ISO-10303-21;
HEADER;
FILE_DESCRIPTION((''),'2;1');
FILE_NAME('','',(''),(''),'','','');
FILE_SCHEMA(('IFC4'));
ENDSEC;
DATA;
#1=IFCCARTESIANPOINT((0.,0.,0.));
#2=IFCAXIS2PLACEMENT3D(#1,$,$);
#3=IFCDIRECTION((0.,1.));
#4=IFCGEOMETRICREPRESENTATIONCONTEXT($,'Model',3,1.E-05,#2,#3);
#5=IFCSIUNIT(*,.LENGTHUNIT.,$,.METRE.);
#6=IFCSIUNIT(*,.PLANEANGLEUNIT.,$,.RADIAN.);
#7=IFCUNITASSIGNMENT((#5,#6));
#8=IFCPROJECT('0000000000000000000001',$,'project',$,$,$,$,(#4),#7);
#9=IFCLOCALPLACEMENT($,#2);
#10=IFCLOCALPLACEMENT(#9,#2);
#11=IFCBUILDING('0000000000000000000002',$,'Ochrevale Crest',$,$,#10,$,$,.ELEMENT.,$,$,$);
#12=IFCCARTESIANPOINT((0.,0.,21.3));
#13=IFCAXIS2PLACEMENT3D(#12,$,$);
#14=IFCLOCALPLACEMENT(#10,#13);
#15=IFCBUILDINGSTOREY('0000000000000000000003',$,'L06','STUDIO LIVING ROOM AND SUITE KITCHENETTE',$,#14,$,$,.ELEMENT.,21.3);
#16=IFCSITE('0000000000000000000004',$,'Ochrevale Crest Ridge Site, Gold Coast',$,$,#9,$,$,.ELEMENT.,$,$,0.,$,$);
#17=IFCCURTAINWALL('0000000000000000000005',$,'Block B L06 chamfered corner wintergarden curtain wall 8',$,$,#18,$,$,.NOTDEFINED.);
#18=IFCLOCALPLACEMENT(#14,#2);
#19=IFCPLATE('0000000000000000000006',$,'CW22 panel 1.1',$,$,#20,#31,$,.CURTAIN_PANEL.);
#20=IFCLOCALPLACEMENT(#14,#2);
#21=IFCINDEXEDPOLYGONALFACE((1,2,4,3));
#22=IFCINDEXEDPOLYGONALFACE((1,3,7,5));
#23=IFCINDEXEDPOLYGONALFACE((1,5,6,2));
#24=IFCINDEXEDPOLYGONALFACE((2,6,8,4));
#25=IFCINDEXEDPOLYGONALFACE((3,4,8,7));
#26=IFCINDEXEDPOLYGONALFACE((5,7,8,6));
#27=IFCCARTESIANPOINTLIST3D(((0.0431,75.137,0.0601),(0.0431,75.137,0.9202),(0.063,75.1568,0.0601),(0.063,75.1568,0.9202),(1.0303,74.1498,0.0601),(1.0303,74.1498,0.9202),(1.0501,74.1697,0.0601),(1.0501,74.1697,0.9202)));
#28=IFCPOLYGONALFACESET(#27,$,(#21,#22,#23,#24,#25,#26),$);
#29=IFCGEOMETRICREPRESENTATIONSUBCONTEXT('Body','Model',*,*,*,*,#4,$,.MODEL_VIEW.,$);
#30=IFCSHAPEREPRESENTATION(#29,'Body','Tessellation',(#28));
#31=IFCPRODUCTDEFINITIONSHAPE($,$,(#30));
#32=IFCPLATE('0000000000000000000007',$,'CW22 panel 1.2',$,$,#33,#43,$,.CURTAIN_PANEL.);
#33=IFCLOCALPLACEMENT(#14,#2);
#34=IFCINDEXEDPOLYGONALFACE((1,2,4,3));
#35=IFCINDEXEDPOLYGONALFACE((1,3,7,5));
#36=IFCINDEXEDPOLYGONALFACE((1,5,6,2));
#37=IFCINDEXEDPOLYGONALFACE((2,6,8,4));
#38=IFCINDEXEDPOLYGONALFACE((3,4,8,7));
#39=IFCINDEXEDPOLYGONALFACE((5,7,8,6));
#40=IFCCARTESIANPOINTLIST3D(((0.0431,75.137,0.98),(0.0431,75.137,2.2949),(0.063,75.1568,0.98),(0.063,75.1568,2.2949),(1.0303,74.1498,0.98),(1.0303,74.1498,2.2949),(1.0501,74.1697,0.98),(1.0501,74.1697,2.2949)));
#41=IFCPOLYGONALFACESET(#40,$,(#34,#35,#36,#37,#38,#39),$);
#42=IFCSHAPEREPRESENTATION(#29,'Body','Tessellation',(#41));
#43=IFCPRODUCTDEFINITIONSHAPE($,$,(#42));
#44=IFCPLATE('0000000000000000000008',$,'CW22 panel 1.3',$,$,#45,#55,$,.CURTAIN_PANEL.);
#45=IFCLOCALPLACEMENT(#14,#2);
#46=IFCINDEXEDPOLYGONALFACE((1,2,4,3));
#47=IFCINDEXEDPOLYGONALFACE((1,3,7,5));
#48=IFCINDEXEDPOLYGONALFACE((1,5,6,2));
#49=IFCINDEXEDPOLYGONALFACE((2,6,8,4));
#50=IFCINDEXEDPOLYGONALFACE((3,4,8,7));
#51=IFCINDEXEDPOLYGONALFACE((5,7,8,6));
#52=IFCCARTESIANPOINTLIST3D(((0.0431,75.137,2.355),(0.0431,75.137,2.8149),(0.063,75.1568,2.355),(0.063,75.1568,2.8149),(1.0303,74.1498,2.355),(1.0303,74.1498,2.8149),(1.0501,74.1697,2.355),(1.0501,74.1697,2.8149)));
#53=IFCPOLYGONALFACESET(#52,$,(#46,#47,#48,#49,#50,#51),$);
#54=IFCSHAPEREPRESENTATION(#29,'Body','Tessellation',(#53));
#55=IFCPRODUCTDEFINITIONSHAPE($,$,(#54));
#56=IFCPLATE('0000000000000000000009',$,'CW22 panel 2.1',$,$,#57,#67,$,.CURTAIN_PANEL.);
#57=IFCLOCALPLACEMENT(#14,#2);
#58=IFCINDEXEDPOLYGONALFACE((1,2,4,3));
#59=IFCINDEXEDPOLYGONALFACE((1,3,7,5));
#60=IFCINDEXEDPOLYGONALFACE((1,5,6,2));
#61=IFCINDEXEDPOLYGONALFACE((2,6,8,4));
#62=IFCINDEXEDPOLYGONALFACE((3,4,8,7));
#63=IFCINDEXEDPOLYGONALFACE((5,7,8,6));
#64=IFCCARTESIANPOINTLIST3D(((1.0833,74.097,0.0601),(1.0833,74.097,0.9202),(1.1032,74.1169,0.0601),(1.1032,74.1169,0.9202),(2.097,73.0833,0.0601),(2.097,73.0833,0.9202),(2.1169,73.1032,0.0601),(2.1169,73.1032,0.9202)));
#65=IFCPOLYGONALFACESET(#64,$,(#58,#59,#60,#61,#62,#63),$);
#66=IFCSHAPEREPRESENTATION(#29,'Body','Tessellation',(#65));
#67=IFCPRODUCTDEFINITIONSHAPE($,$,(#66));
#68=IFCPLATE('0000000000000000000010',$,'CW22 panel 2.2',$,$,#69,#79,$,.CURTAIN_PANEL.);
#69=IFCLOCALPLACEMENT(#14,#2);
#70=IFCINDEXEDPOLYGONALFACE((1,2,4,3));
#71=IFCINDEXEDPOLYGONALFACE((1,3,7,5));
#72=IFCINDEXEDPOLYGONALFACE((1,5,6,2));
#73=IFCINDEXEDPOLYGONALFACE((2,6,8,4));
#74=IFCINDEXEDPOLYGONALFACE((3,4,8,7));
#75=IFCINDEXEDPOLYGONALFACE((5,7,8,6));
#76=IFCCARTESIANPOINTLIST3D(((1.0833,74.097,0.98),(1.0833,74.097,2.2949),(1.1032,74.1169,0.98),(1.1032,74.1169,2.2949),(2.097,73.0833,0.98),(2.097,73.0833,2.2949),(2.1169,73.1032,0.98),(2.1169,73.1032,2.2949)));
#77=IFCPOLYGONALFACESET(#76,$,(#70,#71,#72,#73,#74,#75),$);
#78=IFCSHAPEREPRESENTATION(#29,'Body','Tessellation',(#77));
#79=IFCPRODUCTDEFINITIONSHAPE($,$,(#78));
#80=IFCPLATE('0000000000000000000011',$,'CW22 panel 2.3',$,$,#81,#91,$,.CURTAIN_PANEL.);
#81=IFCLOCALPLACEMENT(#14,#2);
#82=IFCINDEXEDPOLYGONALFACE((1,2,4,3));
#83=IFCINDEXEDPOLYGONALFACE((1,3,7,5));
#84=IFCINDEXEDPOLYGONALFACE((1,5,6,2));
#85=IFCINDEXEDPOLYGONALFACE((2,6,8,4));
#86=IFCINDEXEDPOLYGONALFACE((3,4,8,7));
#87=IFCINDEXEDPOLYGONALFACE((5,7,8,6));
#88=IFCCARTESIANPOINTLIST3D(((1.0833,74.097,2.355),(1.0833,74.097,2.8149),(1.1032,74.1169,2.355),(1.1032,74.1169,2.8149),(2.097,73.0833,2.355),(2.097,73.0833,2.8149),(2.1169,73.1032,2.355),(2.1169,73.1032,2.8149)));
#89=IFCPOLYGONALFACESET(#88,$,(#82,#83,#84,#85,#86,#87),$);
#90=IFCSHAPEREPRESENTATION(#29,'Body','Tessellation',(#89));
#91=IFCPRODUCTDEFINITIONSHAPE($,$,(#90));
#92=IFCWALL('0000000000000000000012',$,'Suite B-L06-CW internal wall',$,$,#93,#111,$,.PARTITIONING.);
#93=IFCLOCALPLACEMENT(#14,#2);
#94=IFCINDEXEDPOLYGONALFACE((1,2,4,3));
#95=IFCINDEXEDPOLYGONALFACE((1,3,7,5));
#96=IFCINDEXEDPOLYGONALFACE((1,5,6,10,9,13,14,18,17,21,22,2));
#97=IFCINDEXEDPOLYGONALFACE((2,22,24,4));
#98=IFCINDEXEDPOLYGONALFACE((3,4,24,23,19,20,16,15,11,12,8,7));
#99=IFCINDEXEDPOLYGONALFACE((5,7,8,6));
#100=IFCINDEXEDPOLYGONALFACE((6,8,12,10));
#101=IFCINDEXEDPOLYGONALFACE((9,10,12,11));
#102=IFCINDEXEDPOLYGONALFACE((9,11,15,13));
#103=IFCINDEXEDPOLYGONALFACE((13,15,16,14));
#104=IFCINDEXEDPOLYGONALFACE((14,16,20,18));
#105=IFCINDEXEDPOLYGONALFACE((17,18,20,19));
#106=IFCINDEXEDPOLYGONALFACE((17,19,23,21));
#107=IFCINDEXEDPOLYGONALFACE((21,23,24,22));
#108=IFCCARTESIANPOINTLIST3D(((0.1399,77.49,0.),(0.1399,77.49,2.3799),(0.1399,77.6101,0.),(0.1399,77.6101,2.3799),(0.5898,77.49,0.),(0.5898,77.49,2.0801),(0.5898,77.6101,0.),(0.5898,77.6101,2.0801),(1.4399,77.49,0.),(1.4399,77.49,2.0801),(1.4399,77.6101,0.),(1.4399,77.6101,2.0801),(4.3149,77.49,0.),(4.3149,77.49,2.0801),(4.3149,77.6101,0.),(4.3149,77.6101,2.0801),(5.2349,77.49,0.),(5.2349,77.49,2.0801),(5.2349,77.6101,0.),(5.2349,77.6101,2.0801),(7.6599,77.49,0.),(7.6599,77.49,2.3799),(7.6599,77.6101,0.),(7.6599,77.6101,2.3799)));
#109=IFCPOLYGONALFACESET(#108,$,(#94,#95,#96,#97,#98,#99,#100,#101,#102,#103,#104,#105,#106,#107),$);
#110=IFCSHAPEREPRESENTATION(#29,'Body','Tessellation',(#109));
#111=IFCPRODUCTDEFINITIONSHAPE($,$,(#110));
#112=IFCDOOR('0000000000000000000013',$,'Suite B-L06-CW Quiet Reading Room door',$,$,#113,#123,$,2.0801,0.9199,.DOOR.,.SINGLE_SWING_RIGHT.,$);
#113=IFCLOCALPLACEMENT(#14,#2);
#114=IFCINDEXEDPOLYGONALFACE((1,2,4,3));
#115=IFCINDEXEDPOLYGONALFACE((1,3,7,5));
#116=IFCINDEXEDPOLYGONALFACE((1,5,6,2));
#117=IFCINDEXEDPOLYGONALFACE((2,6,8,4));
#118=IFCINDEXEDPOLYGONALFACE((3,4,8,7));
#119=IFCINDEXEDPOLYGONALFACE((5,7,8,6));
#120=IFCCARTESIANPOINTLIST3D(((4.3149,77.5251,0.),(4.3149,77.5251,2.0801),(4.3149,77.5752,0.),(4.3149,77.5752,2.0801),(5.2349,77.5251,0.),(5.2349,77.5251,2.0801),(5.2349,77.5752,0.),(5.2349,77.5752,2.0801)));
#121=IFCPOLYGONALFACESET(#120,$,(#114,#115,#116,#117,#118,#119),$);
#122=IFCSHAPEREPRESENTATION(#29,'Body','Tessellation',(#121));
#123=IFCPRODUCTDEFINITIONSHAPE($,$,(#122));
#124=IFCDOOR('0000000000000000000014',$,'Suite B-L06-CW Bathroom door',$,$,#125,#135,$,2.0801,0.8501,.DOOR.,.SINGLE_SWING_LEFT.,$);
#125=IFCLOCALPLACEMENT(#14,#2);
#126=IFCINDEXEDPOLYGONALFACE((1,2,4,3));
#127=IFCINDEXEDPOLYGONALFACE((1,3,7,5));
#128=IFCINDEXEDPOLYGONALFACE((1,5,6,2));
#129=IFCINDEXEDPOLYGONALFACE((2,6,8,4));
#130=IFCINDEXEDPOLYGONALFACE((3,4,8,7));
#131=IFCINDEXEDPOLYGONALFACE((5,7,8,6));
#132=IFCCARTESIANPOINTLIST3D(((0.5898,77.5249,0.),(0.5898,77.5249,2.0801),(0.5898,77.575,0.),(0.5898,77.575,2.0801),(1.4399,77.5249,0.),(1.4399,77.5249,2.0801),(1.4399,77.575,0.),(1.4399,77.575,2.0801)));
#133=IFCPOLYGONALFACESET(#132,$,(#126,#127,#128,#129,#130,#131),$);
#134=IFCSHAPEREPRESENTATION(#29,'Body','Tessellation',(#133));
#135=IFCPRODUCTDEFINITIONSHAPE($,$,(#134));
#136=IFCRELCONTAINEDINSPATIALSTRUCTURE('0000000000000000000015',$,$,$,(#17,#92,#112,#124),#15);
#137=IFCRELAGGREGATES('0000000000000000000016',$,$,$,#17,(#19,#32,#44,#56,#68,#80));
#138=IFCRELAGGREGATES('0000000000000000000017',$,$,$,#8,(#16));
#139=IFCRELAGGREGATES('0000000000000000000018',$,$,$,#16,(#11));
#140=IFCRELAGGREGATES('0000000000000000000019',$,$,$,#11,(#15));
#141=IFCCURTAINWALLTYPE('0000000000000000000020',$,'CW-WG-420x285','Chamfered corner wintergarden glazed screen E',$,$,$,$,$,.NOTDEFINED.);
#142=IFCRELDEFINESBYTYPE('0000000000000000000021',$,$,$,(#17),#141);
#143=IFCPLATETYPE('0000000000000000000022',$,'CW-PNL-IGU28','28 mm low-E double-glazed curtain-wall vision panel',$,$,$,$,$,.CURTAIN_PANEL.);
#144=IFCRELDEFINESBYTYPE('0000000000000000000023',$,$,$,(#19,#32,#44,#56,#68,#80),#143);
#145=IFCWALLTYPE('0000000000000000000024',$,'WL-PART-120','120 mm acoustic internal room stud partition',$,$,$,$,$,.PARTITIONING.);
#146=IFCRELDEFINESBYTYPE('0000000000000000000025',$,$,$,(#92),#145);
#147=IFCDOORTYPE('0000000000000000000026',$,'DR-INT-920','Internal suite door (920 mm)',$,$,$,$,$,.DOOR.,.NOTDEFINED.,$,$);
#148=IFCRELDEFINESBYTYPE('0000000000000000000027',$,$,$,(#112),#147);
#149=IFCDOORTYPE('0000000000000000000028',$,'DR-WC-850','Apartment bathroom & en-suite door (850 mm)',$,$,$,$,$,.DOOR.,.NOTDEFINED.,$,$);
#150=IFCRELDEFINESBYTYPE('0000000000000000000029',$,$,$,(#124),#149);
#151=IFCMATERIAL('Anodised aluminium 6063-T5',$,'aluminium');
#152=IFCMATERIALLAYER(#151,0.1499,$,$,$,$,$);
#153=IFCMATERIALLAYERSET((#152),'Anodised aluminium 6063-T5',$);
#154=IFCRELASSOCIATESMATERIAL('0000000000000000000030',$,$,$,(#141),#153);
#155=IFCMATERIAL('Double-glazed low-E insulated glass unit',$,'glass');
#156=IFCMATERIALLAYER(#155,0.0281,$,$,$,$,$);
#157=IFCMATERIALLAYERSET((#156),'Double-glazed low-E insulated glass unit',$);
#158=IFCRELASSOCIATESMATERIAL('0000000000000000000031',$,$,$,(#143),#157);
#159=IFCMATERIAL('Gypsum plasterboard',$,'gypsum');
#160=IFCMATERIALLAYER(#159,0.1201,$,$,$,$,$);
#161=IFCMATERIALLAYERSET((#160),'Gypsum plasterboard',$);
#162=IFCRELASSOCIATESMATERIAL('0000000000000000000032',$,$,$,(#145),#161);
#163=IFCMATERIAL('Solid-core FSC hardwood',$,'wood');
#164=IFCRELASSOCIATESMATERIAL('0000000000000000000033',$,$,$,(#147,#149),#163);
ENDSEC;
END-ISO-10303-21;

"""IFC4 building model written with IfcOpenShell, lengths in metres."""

from ifc_helpers import new_model, si_unit, direction, frame, frame_2d, origin, origin_2d, place, context, subcontext, project, spatial, rectangle, extrude, material, layer, layer_set, type_object, element, fill, aggregate, save


model = new_model("IFC4")

# Units and contexts
model_context = context("Model", 3, precision=1e-05, world=origin(), true_north=direction((0.0, 1.0)))
body_context = subcontext(model_context, "Body", "Model", "MODEL_VIEW")
ifc_project = project(units=[si_unit("LENGTHUNIT", "METRE"), si_unit("PLANEANGLEUNIT", "RADIAN")], contexts=[model_context])

# Site, building, storey
site_placement = place(None, origin())
site = spatial("IfcSite", under=ifc_project, at=site_placement, Name="Ochrevale Crest Ridge Site, Gold Coast", CompositionType="ELEMENT", RefElevation=0.0)
building_placement = place(site_placement, origin())
building = spatial("IfcBuilding", under=site, at=building_placement, Name="Ochrevale Crest", CompositionType="ELEMENT")
storey_placement = place(building_placement, frame((0.0, 0.0, 21.3)))
storey = spatial("IfcBuildingStorey", under=building, at=storey_placement, Name="L06", Description="STUDIO LIVING ROOM AND SUITE KITCHENETTE", CompositionType="ELEMENT", Elevation=21.3)

# Curtain wall, plates
ifc_material_1 = material(Name="Anodised aluminium 6063-T5", Category="aluminium")
ifc_layer_1 = layer(ifc_material_1, 0.1499)
ifc_layer_set_1 = layer_set([ifc_layer_1], Name="Anodised aluminium 6063-T5")
curtain_wall_type = type_object("IfcCurtainWallType", Name="CW-WG-420x285", Description="Chamfered corner wintergarden glazed screen E", PredefinedType="NOTDEFINED", material=ifc_layer_set_1)
curtain_wall_placement = place(storey_placement, origin())
curtain_wall = element("IfcCurtainWall", 1, at=curtain_wall_placement, inside=storey, type_object=curtain_wall_type, Name="Block B L06 chamfered corner wintergarden curtain wall 8", PredefinedType="NOTDEFINED")
ifc_material_2 = material(Name="Double-glazed low-E insulated glass unit", Category="glass")
ifc_layer_2 = layer(ifc_material_2, 0.0281)
ifc_layer_set_2 = layer_set([ifc_layer_2], Name="Double-glazed low-E insulated glass unit")
plate_type = type_object("IfcPlateType", Name="CW-PNL-IGU28", Description="28 mm low-E double-glazed curtain-wall vision panel", PredefinedType="CURTAIN_PANEL", material=ifc_layer_set_2)
plate_1_placement = place(storey_placement, frame((0.5466, 74.6533, 0.0601), z_axis=(0.0, 0.0, 1.0), x_axis=(0.707107, -0.707107, 0.0)))
plate_1 = element("IfcPlate", 2, at=plate_1_placement, type_object=plate_type, Name="CW22 panel 1.1", PredefinedType="CURTAIN_PANEL", context=body_context, shape_type="SweptSolid", body=[
    extrude(rectangle(XDim=1.396, YDim=0.0281, at=origin_2d()), origin(), (0.0, 0.0, 1.0), 0.8601),
])
plate_2_placement = place(storey_placement, frame((0.5466, 74.6533, 0.98), z_axis=(0.0, 0.0, 1.0), x_axis=(0.707107, -0.707107, 0.0)))
plate_2 = element("IfcPlate", 3, at=plate_2_placement, type_object=plate_type, Name="CW22 panel 1.2", PredefinedType="CURTAIN_PANEL", context=body_context, shape_type="SweptSolid", body=[
    extrude(rectangle(XDim=1.396, YDim=0.0281, at=origin_2d()), origin(), (0.0, 0.0, 1.0), 1.3149),
])
plate_3_placement = place(storey_placement, frame((0.5466, 74.6533, 2.355), z_axis=(0.0, 0.0, 1.0), x_axis=(0.707107, -0.707107, 0.0)))
plate_3 = element("IfcPlate", 4, at=plate_3_placement, type_object=plate_type, Name="CW22 panel 1.3", PredefinedType="CURTAIN_PANEL", context=body_context, shape_type="SweptSolid", body=[
    extrude(rectangle(XDim=1.396, YDim=0.0281, at=origin_2d()), origin(), (0.0, 0.0, 1.0), 0.46),
])
plate_4_placement = place(storey_placement, frame((1.6001, 73.6001, 0.0601), z_axis=(0.0, 0.0, 1.0), x_axis=(0.707107, -0.707107, 0.0)))
plate_4 = element("IfcPlate", 5, at=plate_4_placement, type_object=plate_type, Name="CW22 panel 2.1", PredefinedType="CURTAIN_PANEL", context=body_context, shape_type="SweptSolid", body=[
    extrude(rectangle(XDim=1.4336, YDim=0.0281, at=origin_2d()), origin(), (0.0, 0.0, 1.0), 0.8601),
])
plate_5_placement = place(storey_placement, frame((1.6001, 73.6001, 0.98), z_axis=(0.0, 0.0, 1.0), x_axis=(0.707107, -0.707107, 0.0)))
plate_5 = element("IfcPlate", 6, at=plate_5_placement, type_object=plate_type, Name="CW22 panel 2.2", PredefinedType="CURTAIN_PANEL", context=body_context, shape_type="SweptSolid", body=[
    extrude(rectangle(XDim=1.4336, YDim=0.0281, at=origin_2d()), origin(), (0.0, 0.0, 1.0), 1.3149),
])
plate_6_placement = place(storey_placement, frame((1.6001, 73.6001, 2.355), z_axis=(0.0, 0.0, 1.0), x_axis=(0.707107, -0.707107, 0.0)))
plate_6 = element("IfcPlate", 7, at=plate_6_placement, type_object=plate_type, Name="CW22 panel 2.3", PredefinedType="CURTAIN_PANEL", context=body_context, shape_type="SweptSolid", body=[
    extrude(rectangle(XDim=1.4336, YDim=0.0281, at=origin_2d()), origin(), (0.0, 0.0, 1.0), 0.46),
])
aggregate(curtain_wall, [plate_1, plate_2, plate_3, plate_4, plate_5, plate_6])

# Wall, openings, doors
ifc_material_3 = material(Name="Gypsum plasterboard", Category="gypsum")
ifc_layer_3 = layer(ifc_material_3, 0.1201)
ifc_layer_set_3 = layer_set([ifc_layer_3], Name="Gypsum plasterboard")
wall_type = type_object("IfcWallType", Name="WL-PART-120", Description="120 mm acoustic internal room stud partition", PredefinedType="PARTITIONING", material=ifc_layer_set_3)
wall_placement = place(storey_placement, frame((0.1399, 77.55, 0.0), z_axis=(0.0, 0.0, 1.0), x_axis=(1.0, 0.0, 0.0)))
wall = element("IfcWall", 8, at=wall_placement, inside=storey, type_object=wall_type, Name="Suite B-L06-CW internal wall", PredefinedType="PARTITIONING", context=body_context, shape_type="SweptSolid", body=[
    extrude(rectangle(XDim=7.52, YDim=0.1201, at=frame_2d((3.76, 0.0))), origin(), (0.0, 0.0, 1.0), 2.3799),
])
opening_1_placement = place(wall_placement, frame((0.45, 0.0, 0.0)))
opening_1 = element("IfcOpeningElement", 9, at=opening_1_placement, cuts=wall, PredefinedType="OPENING", context=body_context, shape_type="SweptSolid", body=[
    extrude(rectangle(XDim=0.8501, YDim=2.0801, at=frame_2d((0.425, 1.04))), frame((0.0, 0.0701, 0.0), z_axis=(0.0, -1.0, 0.0), x_axis=(1.0, 0.0, 0.0)), (0.0, 0.0, 1.0), 0.1401),
])
opening_2_placement = place(wall_placement, frame((5.095, 0.0, 0.0), z_axis=(0.0, 0.0, 1.0), x_axis=(-1.0, 0.0, 0.0)))
opening_2 = element("IfcOpeningElement", 10, at=opening_2_placement, cuts=wall, PredefinedType="OPENING", context=body_context, shape_type="SweptSolid", body=[
    extrude(rectangle(XDim=0.9199, YDim=2.0801, at=frame_2d((0.46, 1.04))), frame((0.0, 0.0701, 0.0), z_axis=(0.0, -1.0, 0.0), x_axis=(1.0, 0.0, 0.0)), (0.0, 0.0, 1.0), 0.1401),
])
ifc_material_4 = material(Name="Solid-core FSC hardwood", Category="wood")
door_type_1 = type_object("IfcDoorType", Name="DR-INT-920", Description="Internal suite door (920 mm)", OperationType="NOTDEFINED", PredefinedType="DOOR", material=ifc_material_4)
door_1_placement = place(opening_2_placement, origin())
door_1 = element("IfcDoor", 11, at=door_1_placement, inside=storey, type_object=door_type_1, Name="Suite B-L06-CW Quiet Reading Room door", OperationType="SINGLE_SWING_RIGHT", OverallHeight=2.0801, OverallWidth=0.9199, PredefinedType="DOOR", context=body_context, shape_type="SweptSolid", body=[
    extrude(rectangle(XDim=0.9199, YDim=2.0801, at=frame_2d((0.46, 1.04))), frame((0.0, 0.0249, 0.0), z_axis=(0.0, -1.0, 0.0), x_axis=(1.0, 0.0, 0.0)), (0.0, 0.0, 1.0), 0.05),
])
fill(opening_2, door_1)
door_type_2 = type_object("IfcDoorType", Name="DR-WC-850", Description="Apartment bathroom & en-suite door (850 mm)", OperationType="NOTDEFINED", PredefinedType="DOOR", material=ifc_material_4)
door_2_placement = place(opening_1_placement, origin())
door_2 = element("IfcDoor", 12, at=door_2_placement, inside=storey, type_object=door_type_2, Name="Suite B-L06-CW Bathroom door", OperationType="SINGLE_SWING_LEFT", OverallHeight=2.0801, OverallWidth=0.8501, PredefinedType="DOOR", context=body_context, shape_type="SweptSolid", body=[
    extrude(rectangle(XDim=0.8501, YDim=2.0801, at=frame_2d((0.425, 1.04))), frame((0.0, 0.0249, 0.0), z_axis=(0.0, -1.0, 0.0), x_axis=(1.0, 0.0, 0.0)), (0.0, 0.0, 1.0), 0.05),
])
fill(opening_1, door_2)

save(model, "model.ifc")
